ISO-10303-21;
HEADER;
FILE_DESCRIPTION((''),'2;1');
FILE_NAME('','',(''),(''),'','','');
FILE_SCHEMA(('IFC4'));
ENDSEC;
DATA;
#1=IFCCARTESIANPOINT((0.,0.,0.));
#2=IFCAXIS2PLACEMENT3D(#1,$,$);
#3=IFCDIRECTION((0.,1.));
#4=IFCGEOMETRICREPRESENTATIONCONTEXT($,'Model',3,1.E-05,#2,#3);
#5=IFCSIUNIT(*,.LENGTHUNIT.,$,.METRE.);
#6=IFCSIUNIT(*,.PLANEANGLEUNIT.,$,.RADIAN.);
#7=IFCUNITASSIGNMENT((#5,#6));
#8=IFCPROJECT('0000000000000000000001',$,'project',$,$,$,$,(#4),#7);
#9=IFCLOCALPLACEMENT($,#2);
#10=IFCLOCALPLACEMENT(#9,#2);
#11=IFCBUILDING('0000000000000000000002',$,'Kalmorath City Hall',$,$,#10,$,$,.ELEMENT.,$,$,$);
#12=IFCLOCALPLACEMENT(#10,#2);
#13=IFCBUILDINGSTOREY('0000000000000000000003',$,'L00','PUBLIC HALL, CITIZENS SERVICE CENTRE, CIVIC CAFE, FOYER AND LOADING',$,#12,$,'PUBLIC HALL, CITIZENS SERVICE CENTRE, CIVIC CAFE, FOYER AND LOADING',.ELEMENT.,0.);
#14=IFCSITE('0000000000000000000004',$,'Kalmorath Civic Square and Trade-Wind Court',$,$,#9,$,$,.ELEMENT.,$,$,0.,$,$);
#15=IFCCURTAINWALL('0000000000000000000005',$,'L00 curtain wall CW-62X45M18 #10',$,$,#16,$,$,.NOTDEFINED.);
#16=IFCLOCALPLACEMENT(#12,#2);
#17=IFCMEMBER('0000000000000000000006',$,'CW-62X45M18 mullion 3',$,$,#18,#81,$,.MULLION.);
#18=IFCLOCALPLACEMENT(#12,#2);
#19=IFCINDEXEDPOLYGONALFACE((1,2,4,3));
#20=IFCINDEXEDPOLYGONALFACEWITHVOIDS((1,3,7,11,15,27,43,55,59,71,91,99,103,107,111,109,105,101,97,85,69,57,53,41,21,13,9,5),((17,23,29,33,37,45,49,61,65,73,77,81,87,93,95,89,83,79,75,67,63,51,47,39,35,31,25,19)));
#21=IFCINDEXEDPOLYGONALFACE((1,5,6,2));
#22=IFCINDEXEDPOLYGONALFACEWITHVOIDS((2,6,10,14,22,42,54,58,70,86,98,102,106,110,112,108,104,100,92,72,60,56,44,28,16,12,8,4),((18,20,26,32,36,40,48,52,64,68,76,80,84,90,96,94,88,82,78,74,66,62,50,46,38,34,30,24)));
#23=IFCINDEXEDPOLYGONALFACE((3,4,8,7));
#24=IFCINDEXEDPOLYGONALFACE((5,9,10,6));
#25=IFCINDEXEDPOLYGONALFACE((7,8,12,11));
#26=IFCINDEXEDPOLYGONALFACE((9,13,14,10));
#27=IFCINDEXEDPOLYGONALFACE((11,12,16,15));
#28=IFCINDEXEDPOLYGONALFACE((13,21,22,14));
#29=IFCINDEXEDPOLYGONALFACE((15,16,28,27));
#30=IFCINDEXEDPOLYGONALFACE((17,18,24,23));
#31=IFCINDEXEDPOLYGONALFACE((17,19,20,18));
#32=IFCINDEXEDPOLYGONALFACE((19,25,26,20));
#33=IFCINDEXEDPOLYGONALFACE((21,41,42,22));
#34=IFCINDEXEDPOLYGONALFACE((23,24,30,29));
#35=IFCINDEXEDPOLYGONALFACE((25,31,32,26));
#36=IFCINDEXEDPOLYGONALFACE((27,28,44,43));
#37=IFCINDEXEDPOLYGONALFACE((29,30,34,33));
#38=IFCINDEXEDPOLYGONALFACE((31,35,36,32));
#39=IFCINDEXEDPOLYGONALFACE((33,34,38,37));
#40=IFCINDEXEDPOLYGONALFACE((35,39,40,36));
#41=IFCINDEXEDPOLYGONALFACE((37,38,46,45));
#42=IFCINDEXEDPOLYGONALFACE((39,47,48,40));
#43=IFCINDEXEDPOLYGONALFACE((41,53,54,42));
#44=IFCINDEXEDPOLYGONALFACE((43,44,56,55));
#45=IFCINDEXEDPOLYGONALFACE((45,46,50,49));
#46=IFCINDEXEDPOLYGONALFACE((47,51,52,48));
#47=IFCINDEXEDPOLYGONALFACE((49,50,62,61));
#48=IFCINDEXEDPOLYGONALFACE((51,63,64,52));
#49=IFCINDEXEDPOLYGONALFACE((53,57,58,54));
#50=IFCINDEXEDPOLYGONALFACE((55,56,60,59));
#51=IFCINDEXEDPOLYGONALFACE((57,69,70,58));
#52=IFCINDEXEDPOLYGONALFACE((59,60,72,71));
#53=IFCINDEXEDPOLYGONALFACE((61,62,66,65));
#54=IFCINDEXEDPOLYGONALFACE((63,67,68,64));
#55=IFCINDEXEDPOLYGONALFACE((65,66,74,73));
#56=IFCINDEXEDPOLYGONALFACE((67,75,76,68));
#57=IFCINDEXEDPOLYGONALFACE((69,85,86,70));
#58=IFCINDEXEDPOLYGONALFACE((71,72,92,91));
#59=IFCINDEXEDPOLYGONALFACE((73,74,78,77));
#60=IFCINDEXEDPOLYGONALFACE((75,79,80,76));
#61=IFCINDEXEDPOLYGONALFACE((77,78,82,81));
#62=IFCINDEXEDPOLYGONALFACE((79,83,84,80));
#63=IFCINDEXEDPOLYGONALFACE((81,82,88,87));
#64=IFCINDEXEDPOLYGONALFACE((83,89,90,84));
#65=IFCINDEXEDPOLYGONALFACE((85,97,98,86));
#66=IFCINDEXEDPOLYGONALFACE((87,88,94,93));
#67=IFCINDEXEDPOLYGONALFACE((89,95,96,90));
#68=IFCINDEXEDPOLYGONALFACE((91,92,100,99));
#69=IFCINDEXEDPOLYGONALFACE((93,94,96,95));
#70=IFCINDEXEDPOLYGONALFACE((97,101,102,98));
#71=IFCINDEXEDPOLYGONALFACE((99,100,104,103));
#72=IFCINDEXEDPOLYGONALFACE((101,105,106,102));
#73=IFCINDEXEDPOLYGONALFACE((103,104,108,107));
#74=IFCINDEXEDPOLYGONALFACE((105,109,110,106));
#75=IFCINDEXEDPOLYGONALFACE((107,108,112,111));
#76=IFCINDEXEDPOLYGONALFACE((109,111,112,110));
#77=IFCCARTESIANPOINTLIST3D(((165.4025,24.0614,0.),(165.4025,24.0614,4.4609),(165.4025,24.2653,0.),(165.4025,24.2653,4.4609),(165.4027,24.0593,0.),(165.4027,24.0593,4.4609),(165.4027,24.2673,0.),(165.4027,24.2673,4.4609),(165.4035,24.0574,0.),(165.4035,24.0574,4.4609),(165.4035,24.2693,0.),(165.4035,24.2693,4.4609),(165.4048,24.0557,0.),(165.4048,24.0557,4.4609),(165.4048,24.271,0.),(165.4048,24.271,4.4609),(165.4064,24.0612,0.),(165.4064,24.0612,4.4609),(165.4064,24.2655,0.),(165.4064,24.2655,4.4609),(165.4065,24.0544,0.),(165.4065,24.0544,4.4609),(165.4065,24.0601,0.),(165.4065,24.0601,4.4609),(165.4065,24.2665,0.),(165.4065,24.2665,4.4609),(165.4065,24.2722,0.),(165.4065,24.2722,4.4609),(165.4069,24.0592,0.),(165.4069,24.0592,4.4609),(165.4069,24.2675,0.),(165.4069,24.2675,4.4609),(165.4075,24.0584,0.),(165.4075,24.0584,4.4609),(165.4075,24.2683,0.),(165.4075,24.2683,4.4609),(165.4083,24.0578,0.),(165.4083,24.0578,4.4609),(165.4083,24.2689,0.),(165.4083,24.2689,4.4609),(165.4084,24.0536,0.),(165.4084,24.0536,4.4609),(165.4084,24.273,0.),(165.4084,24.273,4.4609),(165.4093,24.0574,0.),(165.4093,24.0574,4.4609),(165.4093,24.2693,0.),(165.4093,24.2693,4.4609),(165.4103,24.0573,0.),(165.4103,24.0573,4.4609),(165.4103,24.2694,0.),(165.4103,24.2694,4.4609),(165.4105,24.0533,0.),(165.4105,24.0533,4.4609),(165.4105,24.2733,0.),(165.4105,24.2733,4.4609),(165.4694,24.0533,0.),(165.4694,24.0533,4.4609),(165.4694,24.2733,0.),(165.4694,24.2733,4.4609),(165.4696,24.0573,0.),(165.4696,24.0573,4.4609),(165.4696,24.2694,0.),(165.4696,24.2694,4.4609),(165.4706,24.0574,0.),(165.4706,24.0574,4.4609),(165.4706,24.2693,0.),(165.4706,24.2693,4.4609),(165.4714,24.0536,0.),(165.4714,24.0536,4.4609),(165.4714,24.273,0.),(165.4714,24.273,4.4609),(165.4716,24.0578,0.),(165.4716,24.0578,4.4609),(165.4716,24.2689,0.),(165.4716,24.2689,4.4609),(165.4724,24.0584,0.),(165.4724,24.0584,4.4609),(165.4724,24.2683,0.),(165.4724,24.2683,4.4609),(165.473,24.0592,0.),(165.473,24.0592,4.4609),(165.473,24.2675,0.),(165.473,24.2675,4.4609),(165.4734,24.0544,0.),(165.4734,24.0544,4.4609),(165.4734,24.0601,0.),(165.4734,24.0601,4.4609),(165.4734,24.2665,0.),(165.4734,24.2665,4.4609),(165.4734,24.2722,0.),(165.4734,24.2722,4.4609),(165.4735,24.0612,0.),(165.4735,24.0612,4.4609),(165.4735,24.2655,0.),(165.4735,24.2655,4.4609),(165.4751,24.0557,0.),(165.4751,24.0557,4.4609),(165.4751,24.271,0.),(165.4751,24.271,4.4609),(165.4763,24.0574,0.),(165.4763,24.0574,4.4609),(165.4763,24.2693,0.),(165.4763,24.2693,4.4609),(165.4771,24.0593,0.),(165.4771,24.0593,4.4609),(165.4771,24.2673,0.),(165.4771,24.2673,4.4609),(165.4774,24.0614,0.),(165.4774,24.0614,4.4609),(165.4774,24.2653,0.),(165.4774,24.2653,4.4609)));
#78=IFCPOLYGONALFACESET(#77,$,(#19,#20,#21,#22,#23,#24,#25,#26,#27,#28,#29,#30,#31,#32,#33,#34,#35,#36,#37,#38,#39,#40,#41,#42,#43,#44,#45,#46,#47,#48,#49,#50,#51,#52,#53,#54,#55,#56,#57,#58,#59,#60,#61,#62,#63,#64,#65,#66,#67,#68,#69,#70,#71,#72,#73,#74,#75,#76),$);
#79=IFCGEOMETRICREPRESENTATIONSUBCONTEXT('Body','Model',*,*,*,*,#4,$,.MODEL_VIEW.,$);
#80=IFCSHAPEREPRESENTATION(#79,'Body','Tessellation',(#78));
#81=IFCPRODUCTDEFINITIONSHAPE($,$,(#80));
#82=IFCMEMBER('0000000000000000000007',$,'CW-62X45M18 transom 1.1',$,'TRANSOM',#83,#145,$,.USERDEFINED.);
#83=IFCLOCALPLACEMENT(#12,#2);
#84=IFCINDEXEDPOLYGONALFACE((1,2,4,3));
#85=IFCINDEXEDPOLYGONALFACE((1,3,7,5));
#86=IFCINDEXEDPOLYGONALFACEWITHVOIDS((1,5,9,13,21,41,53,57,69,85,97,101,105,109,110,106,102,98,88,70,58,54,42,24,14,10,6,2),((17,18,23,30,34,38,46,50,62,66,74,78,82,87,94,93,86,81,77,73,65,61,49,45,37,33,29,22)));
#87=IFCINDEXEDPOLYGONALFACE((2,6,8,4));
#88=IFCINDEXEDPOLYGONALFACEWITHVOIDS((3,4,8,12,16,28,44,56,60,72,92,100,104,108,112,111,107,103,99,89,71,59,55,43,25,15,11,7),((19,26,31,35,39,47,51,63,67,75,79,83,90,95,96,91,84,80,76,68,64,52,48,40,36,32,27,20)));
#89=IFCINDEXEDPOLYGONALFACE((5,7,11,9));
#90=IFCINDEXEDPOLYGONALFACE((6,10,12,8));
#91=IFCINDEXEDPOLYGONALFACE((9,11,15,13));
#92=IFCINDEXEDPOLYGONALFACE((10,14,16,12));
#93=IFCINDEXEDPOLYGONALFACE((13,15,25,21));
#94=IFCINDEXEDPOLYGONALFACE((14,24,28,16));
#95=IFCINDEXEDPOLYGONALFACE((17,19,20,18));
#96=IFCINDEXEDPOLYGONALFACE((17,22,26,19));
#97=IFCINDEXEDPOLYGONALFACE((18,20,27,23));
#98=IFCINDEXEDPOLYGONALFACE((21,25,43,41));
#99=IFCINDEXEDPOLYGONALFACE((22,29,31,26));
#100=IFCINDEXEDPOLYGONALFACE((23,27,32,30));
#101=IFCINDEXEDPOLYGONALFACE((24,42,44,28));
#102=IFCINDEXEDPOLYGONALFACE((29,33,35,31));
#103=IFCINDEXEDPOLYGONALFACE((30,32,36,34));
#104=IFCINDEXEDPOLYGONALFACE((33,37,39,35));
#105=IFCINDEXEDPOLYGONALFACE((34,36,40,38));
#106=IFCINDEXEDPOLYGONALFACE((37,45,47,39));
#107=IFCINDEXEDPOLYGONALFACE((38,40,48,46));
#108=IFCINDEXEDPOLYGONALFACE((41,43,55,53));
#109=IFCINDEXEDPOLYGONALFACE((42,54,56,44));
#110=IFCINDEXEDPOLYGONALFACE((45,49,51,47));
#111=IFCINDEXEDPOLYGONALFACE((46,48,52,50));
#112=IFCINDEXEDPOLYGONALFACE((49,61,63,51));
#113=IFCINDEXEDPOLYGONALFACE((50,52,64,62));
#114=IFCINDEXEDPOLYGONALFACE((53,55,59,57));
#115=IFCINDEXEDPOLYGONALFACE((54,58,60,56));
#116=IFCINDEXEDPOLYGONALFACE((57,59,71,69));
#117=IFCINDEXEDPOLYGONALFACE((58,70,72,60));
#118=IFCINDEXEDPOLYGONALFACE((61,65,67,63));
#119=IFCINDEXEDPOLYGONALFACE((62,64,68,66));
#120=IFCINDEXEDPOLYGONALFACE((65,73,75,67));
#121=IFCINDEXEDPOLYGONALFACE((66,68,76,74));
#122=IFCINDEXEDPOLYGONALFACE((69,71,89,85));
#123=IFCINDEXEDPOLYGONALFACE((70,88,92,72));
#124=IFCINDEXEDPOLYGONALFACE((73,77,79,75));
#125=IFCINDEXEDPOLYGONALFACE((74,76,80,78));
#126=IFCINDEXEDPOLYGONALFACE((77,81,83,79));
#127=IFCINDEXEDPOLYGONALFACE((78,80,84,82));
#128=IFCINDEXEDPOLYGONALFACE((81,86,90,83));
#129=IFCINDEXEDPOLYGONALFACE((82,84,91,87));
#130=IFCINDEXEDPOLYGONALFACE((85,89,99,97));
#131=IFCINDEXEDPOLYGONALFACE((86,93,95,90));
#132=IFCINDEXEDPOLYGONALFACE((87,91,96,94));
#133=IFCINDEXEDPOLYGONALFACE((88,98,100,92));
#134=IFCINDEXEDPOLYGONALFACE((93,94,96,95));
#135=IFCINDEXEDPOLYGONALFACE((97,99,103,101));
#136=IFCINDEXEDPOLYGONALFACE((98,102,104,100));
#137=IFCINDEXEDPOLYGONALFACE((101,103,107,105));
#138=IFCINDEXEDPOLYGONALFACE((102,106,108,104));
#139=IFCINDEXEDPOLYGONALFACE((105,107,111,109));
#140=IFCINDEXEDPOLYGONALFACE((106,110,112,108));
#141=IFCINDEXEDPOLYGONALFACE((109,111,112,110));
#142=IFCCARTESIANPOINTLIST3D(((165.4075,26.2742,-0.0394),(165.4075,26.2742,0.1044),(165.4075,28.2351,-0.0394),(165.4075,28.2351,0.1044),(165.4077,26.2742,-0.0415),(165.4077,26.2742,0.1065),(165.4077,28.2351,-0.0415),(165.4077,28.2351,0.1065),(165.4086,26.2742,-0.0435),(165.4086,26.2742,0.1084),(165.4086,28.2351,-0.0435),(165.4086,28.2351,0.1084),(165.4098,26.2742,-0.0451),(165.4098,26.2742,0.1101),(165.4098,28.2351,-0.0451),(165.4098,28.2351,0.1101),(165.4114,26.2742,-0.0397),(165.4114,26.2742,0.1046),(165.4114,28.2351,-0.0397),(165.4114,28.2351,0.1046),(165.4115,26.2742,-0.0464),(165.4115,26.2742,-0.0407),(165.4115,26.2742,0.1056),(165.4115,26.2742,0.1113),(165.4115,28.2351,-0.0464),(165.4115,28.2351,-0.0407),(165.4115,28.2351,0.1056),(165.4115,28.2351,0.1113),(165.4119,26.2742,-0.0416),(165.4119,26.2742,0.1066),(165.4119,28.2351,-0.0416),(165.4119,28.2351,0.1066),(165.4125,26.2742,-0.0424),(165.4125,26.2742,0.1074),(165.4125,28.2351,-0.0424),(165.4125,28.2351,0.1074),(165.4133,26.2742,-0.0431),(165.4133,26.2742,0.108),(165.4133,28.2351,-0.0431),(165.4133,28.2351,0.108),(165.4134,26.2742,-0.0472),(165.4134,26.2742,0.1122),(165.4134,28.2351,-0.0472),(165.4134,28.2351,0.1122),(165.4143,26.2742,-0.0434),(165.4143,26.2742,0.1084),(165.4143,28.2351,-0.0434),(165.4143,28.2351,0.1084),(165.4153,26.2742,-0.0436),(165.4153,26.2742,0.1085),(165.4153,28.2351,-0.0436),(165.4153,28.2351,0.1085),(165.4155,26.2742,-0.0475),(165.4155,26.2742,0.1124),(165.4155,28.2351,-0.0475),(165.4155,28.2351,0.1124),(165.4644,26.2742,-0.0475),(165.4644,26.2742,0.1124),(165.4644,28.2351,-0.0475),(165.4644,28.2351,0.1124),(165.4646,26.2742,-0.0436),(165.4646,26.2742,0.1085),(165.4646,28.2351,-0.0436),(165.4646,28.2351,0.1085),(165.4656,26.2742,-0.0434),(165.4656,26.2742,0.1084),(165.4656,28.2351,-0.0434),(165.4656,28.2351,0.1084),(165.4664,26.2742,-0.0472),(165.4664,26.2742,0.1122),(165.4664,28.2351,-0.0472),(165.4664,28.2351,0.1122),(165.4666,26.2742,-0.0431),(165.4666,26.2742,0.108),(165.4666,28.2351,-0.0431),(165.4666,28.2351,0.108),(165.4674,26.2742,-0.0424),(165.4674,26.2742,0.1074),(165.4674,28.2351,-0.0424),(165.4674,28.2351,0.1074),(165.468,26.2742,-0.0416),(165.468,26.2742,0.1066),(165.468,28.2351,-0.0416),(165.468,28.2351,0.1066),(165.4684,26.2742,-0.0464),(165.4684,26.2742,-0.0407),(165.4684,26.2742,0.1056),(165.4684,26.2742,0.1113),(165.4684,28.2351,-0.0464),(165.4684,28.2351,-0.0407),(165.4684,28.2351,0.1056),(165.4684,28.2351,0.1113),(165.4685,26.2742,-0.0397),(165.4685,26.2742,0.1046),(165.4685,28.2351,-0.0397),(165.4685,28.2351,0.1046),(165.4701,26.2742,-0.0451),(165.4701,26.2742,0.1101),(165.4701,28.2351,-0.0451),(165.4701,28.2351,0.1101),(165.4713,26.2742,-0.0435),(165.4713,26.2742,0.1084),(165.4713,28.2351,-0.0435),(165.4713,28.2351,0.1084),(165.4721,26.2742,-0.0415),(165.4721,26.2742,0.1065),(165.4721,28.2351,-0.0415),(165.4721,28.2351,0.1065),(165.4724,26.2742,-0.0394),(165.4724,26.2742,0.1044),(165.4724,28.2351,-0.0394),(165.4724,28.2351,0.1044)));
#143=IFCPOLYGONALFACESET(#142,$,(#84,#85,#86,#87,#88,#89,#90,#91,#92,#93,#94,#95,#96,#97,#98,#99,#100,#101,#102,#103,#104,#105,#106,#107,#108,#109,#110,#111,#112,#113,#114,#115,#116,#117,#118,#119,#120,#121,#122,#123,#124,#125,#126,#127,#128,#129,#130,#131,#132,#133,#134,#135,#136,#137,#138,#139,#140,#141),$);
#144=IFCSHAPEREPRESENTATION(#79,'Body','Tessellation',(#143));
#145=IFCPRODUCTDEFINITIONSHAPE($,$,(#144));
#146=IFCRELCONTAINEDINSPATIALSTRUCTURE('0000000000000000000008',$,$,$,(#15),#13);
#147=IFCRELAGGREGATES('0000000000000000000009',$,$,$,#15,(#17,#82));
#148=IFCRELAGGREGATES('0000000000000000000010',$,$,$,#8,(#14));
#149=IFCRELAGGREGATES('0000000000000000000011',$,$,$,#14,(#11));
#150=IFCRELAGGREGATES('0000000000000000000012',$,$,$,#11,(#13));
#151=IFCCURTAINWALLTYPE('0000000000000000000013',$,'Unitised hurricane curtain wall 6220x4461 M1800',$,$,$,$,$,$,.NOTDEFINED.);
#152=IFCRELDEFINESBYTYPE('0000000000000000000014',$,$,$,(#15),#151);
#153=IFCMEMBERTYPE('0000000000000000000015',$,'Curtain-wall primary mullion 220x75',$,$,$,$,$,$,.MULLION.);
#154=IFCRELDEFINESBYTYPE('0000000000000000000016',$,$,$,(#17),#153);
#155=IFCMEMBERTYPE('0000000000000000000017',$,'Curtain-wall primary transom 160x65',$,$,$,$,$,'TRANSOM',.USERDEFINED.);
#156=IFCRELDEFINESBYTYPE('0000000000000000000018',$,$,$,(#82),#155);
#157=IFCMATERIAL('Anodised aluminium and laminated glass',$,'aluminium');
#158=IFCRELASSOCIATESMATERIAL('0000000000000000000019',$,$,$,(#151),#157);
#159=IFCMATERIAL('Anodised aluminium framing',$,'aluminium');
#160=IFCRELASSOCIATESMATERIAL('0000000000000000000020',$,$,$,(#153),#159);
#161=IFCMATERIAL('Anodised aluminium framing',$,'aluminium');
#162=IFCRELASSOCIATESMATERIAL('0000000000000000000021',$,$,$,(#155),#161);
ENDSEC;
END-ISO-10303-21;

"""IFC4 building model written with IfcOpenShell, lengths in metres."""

from ifc_helpers import new_model, si_unit, direction, frame, origin, origin_2d, place, context, subcontext, project, spatial, hollow_rectangle, extrude, material, material_profile, profile_set, type_object, element, aggregate, save


model = new_model("IFC4")

# Units and contexts
model_context = context("Model", 3, precision=1e-05, world=origin(), true_north=direction((0.0, 1.0)))
body_context = subcontext(model_context, "Body", "Model", "MODEL_VIEW")
ifc_project = project(units=[si_unit("LENGTHUNIT", "METRE"), si_unit("PLANEANGLEUNIT", "RADIAN")], contexts=[model_context])

# Site, building, storey
site_placement = place(None, origin())
site = spatial("IfcSite", under=ifc_project, at=site_placement, Name="Kalmorath Civic Square and Trade-Wind Court", CompositionType="ELEMENT", RefElevation=0.0)
building_placement = place(site_placement, origin())
building = spatial("IfcBuilding", under=site, at=building_placement, Name="Kalmorath City Hall", CompositionType="ELEMENT")
storey_placement = place(building_placement, origin())
storey = spatial("IfcBuildingStorey", under=building, at=storey_placement, Name="L00", Description="PUBLIC HALL, CITIZENS SERVICE CENTRE, CIVIC CAFE, FOYER AND LOADING", LongName="PUBLIC HALL, CITIZENS SERVICE CENTRE, CIVIC CAFE, FOYER AND LOADING", CompositionType="ELEMENT", Elevation=0.0)

# Curtain wall, members
ifc_material_1 = material(Name="Anodised aluminium and laminated glass", Category="aluminium")
curtain_wall_type = type_object("IfcCurtainWallType", Name="Unitised hurricane curtain wall 6220x4461 M1800", PredefinedType="NOTDEFINED", material=ifc_material_1)
curtain_wall_placement = place(storey_placement, origin())
curtain_wall = element("IfcCurtainWall", 1, at=curtain_wall_placement, inside=storey, type_object=curtain_wall_type, Name="L00 curtain wall CW-62X45M18 #10", PredefinedType="NOTDEFINED")
ifc_material_2 = material(Name="Anodised aluminium framing", Category="aluminium")
ifc_material_profile_1 = material_profile(ifc_material_2, hollow_rectangle(XDim=0.075, YDim=0.22, WallThickness=0.0039, InnerFilletRadius=0.0039, OuterFilletRadius=0.0081, at=origin_2d()), Name="ALU-MUL-220X75X4")
ifc_profile_set_1 = profile_set([ifc_material_profile_1], Name="Anodised aluminium framing")
member_type_1 = type_object("IfcMemberType", Name="Curtain-wall primary mullion 220x75", PredefinedType="MULLION", material=ifc_profile_set_1)
member_1_placement = place(storey_placement, frame((165.4399, 24.1633, 0.0), z_axis=(0.0, 0.0, 1.0), x_axis=(1.0, 0.0, 0.0)))
member_1 = element("IfcMember", 2, at=member_1_placement, type_object=member_type_1, Name="CW-62X45M18 mullion 3", PredefinedType="MULLION", context=body_context, shape_type="SweptSolid", body=[
    extrude(hollow_rectangle(XDim=0.075, YDim=0.22, WallThickness=0.0039, InnerFilletRadius=0.0039, OuterFilletRadius=0.0081, at=origin_2d()), origin(), (0.0, 0.0, 1.0), 4.4609),
])
ifc_material_3 = material(Name="Anodised aluminium framing", Category="aluminium")
ifc_material_profile_2 = material_profile(ifc_material_3, hollow_rectangle(XDim=0.0649, YDim=0.1599, WallThickness=0.0039, InnerFilletRadius=0.0039, OuterFilletRadius=0.0081, at=origin_2d()), Name="ALU-TRN-160X65X4")
ifc_profile_set_2 = profile_set([ifc_material_profile_2], Name="Anodised aluminium framing")
member_type_2 = type_object("IfcMemberType", Name="Curtain-wall primary transom 160x65", ElementType="TRANSOM", PredefinedType="USERDEFINED", material=ifc_profile_set_2)
member_2_placement = place(storey_placement, frame((165.4399, 28.2351, 0.0325), z_axis=(0.0, -1.0, 0.0), x_axis=(1.0, 0.0, 0.0)))
member_2 = element("IfcMember", 3, at=member_2_placement, type_object=member_type_2, Name="CW-62X45M18 transom 1.1", ObjectType="TRANSOM", PredefinedType="USERDEFINED", context=body_context, shape_type="SweptSolid", body=[
    extrude(hollow_rectangle(XDim=0.0649, YDim=0.1599, WallThickness=0.0039, InnerFilletRadius=0.0039, OuterFilletRadius=0.0081, at=origin_2d()), origin(), (0.0, 0.0, 1.0), 1.9609),
])
aggregate(curtain_wall, [member_1, member_2])

save(model, "model.ifc")
